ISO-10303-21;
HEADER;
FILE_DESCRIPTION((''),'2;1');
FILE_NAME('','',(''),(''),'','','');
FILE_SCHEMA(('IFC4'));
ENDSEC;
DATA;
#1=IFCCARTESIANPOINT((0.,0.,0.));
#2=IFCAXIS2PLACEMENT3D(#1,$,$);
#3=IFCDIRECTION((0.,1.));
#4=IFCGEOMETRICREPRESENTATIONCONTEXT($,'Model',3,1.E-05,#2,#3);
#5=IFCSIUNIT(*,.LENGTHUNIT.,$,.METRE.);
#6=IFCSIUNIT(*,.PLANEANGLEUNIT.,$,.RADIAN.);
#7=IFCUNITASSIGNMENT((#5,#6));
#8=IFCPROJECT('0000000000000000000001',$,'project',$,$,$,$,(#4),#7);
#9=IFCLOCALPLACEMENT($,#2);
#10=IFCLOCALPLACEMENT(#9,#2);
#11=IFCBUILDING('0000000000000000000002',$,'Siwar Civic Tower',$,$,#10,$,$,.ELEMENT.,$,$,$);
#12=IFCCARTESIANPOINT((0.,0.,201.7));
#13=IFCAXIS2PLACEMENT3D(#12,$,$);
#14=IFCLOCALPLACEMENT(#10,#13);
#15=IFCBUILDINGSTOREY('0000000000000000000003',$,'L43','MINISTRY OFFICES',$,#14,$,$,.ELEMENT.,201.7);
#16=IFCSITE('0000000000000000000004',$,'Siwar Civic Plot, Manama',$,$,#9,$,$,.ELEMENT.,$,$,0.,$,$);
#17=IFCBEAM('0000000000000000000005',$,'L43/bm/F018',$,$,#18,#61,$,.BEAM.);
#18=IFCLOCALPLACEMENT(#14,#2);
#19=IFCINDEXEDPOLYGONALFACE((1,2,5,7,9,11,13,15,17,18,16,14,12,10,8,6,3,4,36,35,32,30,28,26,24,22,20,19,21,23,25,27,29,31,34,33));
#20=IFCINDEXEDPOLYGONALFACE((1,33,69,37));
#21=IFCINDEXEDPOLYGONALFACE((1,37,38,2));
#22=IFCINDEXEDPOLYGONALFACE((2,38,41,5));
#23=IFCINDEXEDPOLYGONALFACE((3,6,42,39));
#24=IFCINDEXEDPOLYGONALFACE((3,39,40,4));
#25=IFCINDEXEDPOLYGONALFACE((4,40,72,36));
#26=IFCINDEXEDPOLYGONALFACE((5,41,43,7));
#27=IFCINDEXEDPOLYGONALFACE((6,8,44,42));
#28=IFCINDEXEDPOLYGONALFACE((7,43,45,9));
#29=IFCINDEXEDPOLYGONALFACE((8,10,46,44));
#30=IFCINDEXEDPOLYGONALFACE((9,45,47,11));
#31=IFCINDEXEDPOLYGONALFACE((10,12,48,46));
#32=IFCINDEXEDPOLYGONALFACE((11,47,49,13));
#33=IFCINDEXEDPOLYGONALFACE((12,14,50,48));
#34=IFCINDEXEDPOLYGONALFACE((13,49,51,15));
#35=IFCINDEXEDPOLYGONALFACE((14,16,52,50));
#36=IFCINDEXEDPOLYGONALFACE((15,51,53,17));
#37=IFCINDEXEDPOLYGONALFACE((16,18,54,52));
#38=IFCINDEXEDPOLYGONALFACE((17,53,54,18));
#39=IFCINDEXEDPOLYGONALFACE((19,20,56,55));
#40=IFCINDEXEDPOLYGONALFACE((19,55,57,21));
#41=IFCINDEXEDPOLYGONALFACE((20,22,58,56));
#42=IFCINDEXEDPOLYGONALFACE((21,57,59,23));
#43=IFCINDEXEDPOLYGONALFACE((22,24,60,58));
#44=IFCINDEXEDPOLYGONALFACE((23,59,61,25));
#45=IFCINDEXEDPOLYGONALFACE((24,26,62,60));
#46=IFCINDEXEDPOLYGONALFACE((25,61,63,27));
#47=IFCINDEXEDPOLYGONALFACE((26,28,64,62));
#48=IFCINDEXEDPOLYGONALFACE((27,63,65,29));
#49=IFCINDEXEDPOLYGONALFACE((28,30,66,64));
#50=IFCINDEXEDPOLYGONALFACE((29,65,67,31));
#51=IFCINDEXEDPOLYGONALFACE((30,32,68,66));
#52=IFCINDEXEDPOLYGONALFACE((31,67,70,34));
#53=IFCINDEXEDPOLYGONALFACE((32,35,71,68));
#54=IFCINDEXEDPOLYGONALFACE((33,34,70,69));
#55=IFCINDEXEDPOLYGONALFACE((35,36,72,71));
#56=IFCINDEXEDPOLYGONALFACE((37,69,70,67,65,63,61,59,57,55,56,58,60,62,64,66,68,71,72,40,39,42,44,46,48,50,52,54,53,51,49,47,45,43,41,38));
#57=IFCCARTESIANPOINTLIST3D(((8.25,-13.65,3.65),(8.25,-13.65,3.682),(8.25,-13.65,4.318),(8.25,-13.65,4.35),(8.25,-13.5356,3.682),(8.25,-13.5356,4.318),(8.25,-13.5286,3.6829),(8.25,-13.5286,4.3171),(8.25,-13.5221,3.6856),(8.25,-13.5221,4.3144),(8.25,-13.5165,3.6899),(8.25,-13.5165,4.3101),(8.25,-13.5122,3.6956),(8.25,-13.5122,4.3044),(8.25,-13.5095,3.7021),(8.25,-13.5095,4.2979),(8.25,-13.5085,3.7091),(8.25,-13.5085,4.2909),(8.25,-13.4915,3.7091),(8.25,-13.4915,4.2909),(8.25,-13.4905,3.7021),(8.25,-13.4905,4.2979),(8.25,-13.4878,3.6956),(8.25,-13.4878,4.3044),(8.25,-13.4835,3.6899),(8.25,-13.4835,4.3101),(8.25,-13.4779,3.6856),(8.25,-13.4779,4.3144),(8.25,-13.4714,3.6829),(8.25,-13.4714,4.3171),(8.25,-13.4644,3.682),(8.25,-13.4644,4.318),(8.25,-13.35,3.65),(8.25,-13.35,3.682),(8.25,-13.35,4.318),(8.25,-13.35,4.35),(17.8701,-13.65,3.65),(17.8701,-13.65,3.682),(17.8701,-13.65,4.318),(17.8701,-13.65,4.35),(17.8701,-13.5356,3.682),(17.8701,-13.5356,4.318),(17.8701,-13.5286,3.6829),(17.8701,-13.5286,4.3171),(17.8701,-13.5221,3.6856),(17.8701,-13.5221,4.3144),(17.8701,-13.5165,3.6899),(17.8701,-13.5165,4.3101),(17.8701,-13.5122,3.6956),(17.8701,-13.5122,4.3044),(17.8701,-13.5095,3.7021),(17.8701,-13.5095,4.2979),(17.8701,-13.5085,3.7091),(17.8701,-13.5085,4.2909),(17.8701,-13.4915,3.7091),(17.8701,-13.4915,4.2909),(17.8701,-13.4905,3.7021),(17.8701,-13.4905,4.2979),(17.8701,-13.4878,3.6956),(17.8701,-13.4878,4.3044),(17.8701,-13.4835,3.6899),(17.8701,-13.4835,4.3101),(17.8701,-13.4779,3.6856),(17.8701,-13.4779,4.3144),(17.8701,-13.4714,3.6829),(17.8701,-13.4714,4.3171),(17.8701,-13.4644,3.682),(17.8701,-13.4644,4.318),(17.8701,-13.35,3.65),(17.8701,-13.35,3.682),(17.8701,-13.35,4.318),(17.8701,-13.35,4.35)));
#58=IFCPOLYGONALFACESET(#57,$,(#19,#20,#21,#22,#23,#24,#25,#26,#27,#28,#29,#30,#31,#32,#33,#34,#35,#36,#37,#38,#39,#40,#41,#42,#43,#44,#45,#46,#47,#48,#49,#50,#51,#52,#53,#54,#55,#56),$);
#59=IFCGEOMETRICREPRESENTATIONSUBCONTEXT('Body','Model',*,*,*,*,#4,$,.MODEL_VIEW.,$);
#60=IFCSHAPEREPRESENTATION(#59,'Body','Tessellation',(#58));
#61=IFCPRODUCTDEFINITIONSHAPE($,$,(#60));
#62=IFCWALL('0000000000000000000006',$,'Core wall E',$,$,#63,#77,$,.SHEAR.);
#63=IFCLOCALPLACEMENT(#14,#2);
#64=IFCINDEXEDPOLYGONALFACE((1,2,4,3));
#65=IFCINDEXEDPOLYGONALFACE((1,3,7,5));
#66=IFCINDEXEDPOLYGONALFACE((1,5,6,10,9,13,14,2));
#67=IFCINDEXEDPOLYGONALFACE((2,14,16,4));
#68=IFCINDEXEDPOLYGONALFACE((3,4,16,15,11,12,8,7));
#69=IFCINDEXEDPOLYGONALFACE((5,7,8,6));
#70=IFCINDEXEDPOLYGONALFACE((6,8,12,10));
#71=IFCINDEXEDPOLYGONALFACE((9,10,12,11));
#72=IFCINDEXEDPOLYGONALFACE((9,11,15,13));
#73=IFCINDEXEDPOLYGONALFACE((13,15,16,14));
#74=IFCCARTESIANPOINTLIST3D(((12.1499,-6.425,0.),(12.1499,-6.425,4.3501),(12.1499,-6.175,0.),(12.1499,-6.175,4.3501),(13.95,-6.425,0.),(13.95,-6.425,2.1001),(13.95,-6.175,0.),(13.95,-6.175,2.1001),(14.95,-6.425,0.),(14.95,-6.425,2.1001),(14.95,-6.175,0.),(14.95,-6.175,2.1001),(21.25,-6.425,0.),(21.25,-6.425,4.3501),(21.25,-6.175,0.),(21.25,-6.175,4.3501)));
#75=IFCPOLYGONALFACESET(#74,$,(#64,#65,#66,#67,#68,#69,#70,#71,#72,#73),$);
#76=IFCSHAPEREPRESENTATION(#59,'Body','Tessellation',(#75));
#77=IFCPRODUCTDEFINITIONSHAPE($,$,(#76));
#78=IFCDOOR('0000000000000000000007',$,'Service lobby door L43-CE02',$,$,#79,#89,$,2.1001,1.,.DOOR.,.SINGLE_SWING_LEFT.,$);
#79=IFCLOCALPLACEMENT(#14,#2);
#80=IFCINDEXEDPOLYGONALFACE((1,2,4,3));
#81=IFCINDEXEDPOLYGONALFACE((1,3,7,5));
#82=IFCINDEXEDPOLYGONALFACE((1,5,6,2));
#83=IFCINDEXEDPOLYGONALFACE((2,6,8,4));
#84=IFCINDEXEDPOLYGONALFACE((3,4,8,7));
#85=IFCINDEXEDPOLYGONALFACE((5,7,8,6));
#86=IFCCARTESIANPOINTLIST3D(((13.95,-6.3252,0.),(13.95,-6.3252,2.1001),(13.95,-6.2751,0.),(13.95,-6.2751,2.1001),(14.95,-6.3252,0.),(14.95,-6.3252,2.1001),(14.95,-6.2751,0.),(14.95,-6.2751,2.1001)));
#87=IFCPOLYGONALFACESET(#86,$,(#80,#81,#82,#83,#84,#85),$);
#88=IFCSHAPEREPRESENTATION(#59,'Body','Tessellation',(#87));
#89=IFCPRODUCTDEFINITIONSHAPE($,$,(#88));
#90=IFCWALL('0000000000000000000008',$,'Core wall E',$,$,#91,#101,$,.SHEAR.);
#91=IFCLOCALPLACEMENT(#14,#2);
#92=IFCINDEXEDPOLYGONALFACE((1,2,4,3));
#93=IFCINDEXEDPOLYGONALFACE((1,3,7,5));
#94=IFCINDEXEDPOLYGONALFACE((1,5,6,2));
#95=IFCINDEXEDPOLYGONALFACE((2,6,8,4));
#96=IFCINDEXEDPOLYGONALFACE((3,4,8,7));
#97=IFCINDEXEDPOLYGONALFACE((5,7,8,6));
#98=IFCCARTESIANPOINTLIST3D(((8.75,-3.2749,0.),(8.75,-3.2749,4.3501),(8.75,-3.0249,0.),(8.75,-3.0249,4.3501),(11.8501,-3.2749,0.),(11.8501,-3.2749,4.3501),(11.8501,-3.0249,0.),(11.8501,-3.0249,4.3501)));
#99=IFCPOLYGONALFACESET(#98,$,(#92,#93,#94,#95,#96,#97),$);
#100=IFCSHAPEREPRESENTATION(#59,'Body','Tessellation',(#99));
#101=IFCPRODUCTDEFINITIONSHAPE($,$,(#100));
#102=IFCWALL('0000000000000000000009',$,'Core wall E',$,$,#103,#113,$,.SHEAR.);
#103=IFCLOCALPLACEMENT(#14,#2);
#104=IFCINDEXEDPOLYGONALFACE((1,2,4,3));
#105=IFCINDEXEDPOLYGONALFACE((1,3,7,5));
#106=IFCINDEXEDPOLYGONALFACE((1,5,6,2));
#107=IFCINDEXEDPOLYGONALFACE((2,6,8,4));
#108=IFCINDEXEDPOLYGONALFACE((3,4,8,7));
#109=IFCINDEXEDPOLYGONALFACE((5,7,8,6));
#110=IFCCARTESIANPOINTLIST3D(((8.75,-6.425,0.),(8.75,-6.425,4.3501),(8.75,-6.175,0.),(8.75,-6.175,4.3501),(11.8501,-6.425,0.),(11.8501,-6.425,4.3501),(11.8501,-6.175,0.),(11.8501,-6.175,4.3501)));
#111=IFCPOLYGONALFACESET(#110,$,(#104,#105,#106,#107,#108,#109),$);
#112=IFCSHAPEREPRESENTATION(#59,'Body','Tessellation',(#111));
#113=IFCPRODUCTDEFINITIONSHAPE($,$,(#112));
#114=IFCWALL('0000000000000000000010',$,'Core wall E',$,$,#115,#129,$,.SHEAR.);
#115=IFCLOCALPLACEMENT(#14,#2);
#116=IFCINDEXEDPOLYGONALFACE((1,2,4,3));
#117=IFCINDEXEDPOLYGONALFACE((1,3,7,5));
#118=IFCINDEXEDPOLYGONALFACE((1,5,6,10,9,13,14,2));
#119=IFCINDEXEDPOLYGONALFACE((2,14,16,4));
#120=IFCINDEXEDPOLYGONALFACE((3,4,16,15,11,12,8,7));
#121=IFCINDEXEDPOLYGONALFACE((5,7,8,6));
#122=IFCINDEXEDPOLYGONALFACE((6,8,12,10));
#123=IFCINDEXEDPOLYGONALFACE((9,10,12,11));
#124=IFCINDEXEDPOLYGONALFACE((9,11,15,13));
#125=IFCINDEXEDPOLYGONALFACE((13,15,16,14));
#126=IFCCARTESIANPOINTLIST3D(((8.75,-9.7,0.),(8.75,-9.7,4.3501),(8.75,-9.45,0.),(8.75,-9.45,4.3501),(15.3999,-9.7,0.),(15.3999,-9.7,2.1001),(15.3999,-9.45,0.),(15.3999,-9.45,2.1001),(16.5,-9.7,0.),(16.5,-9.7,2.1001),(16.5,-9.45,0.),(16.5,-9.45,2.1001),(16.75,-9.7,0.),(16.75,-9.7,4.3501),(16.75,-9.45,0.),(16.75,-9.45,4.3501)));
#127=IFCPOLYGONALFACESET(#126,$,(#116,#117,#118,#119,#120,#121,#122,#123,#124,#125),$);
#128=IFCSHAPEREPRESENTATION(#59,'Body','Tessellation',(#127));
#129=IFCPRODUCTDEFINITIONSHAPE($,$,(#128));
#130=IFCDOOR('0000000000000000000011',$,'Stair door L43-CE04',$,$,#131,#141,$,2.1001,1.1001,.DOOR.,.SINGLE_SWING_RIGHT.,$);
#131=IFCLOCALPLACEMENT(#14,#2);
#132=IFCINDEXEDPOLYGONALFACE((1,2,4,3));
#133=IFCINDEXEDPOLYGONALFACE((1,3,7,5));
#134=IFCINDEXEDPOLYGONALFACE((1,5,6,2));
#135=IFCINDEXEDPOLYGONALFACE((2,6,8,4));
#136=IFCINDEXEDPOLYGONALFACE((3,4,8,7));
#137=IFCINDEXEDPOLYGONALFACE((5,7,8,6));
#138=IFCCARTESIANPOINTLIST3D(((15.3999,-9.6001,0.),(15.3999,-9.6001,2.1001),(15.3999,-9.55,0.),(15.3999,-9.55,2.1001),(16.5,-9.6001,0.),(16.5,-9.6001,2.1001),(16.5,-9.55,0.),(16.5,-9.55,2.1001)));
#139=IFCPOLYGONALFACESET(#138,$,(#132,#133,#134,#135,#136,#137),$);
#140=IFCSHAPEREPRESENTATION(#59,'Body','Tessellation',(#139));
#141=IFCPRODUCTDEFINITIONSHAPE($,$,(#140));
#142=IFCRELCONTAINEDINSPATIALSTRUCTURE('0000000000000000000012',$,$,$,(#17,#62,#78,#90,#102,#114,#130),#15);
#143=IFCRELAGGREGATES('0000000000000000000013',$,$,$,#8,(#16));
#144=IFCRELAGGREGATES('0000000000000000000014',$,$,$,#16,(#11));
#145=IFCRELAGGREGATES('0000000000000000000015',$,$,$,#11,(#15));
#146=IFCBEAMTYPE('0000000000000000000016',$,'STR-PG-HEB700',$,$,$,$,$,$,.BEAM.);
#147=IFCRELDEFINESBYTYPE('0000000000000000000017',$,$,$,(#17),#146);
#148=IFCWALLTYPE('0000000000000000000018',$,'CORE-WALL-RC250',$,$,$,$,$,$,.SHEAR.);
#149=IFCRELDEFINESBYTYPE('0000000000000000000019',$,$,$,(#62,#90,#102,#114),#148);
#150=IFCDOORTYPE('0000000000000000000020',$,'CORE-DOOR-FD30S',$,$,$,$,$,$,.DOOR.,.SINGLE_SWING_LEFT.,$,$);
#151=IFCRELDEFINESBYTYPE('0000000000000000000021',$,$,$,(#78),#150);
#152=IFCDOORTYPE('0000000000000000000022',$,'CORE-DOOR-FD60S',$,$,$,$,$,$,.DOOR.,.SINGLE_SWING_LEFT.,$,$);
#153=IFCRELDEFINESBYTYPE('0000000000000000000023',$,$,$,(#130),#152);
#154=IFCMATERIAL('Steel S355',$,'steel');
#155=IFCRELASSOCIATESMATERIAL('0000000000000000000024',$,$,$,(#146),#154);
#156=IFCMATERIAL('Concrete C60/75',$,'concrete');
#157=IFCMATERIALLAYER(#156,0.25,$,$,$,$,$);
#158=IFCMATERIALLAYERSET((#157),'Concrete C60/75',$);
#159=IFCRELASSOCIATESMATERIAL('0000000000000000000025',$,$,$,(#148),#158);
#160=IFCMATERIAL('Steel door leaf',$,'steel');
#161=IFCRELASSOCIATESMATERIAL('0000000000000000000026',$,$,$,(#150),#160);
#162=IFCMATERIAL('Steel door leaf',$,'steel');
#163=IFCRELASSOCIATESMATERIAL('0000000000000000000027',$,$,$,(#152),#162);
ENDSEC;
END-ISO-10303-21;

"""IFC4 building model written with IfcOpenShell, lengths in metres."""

from ifc_helpers import new_model, si_unit, direction, frame, frame_2d, origin, origin_2d, place, context, subcontext, project, spatial, rectangle, i_section, extrude, material, layer, layer_set, material_profile, profile_set, type_object, element, fill, save


model = new_model("IFC4")

# Units and contexts
model_context = context("Model", 3, precision=1e-05, world=origin(), true_north=direction((0.0, 1.0)))
body_context = subcontext(model_context, "Body", "Model", "MODEL_VIEW")
ifc_project = project(units=[si_unit("LENGTHUNIT", "METRE"), si_unit("PLANEANGLEUNIT", "RADIAN")], contexts=[model_context])

# Site, building, storey
site_placement = place(None, origin())
site = spatial("IfcSite", under=ifc_project, at=site_placement, Name="Siwar Civic Plot, Manama", CompositionType="ELEMENT", RefElevation=0.0)
building_placement = place(site_placement, origin())
building = spatial("IfcBuilding", under=site, at=building_placement, Name="Siwar Civic Tower", CompositionType="ELEMENT")
storey_placement = place(building_placement, frame((0.0, 0.0, 201.7)))
storey = spatial("IfcBuildingStorey", under=building, at=storey_placement, Name="L43", Description="MINISTRY OFFICES", CompositionType="ELEMENT", Elevation=201.7)

# Beam
ifc_material_1 = material(Name="Steel S355", Category="steel")
ifc_material_profile = material_profile(ifc_material_1, i_section(OverallWidth=0.3, OverallDepth=0.7, WebThickness=0.0171, FlangeThickness=0.032, FilletRadius=0.0271, at=origin_2d()), Name="HEB700")
ifc_profile_set = profile_set([ifc_material_profile], Name="Steel S355")
beam_type = type_object("IfcBeamType", Name="STR-PG-HEB700", PredefinedType="BEAM", material=ifc_profile_set)
beam_placement = place(storey_placement, frame((8.25, -13.5, 4.0), z_axis=(1.0, 0.0, 0.0), x_axis=(0.0, 1.0, 0.0)))
element("IfcBeam", 1, at=beam_placement, inside=storey, type_object=beam_type, Name="L43/bm/F018", PredefinedType="BEAM", context=body_context, shape_type="SweptSolid", body=[
    extrude(i_section(OverallWidth=0.3, OverallDepth=0.7, WebThickness=0.0171, FlangeThickness=0.032, FilletRadius=0.0271, at=origin_2d()), origin(), (0.0, 0.0, 1.0), 9.6201),
])

# Wall, opening, door
ifc_material_2 = material(Name="Concrete C60/75", Category="concrete")
ifc_layer_1 = layer(ifc_material_2, 0.25)
ifc_layer_set_1 = layer_set([ifc_layer_1], Name="Concrete C60/75")
wall_type_1 = type_object("IfcWallType", Name="CORE-WALL-RC250", PredefinedType="SHEAR", material=ifc_layer_set_1)
wall_1_placement = place(storey_placement, frame((12.1499, -6.3, 0.0), z_axis=(0.0, 0.0, 1.0), x_axis=(1.0, 0.0, 0.0)))
wall_1 = element("IfcWall", 2, at=wall_1_placement, inside=storey, type_object=wall_type_1, Name="Core wall E", PredefinedType="SHEAR", context=body_context, shape_type="SweptSolid", body=[
    extrude(rectangle(XDim=9.1001, YDim=0.25, at=frame_2d((4.55, 0.0))), origin(), (0.0, 0.0, 1.0), 4.3501),
])
opening_1_placement = place(wall_1_placement, frame((1.8, 0.0, 0.0)))
opening_1 = element("IfcOpeningElement", 3, at=opening_1_placement, cuts=wall_1, PredefinedType="OPENING", context=body_context, shape_type="SweptSolid", body=[
    extrude(rectangle(XDim=1.0, YDim=2.1001, at=frame_2d((0.5, 1.05))), frame((0.0, 0.135, 0.0), z_axis=(0.0, -1.0, 0.0), x_axis=(1.0, 0.0, 0.0)), (0.0, 0.0, 1.0), 0.27),
])
ifc_material_3 = material(Name="Steel door leaf", Category="steel")
door_type_1 = type_object("IfcDoorType", Name="CORE-DOOR-FD30S", OperationType="SINGLE_SWING_LEFT", PredefinedType="DOOR", material=ifc_material_3)
door_1_placement = place(opening_1_placement, origin())
door_1 = element("IfcDoor", 4, at=door_1_placement, inside=storey, type_object=door_type_1, Name="Service lobby door L43-CE02", OperationType="SINGLE_SWING_LEFT", OverallHeight=2.1001, OverallWidth=1.0, PredefinedType="DOOR", context=body_context, shape_type="SweptSolid", body=[
    extrude(rectangle(XDim=1.0, YDim=2.1001, at=frame_2d((0.5, 1.05))), frame((0.0, 0.0249, 0.0), z_axis=(0.0, -1.0, 0.0), x_axis=(1.0, 0.0, 0.0)), (0.0, 0.0, 1.0), 0.05),
])
fill(opening_1, door_1)

# Walls
for number, where, z_axis, x_axis, name in (
    (5, (8.75, -3.1499, 0.0), (0.0, 0.0, 1.0), (1.0, 0.0, 0.0), "Core wall E"),
    (6, (8.75, -6.3, 0.0), (0.0, 0.0, 1.0), (1.0, 0.0, 0.0), "Core wall E"),
):
    element("IfcWall", number, at=place(storey_placement, frame(where, z_axis=z_axis, x_axis=x_axis)), inside=storey, type_object=wall_type_1, Name=name, PredefinedType="SHEAR", context=body_context, shape_type="SweptSolid", body=[
        extrude(rectangle(XDim=3.1001, YDim=0.25, at=frame_2d((1.55, 0.0))), origin(), (0.0, 0.0, 1.0), 4.3501),
    ])

# Wall, opening, door
wall_2_placement = place(storey_placement, frame((8.75, -9.575, 0.0), z_axis=(0.0, 0.0, 1.0), x_axis=(1.0, 0.0, 0.0)))
wall_2 = element("IfcWall", 7, at=wall_2_placement, inside=storey, type_object=wall_type_1, Name="Core wall E", PredefinedType="SHEAR", context=body_context, shape_type="SweptSolid", body=[
    extrude(rectangle(XDim=8.0, YDim=0.25, at=frame_2d((4.0, 0.0))), origin(), (0.0, 0.0, 1.0), 4.3501),
])
opening_2_placement = place(wall_2_placement, frame((6.6499, 0.0, 0.0)))
opening_2 = element("IfcOpeningElement", 8, at=opening_2_placement, cuts=wall_2, PredefinedType="OPENING", context=body_context, shape_type="SweptSolid", body=[
    extrude(rectangle(XDim=1.1001, YDim=2.1001, at=frame_2d((0.55, 1.05))), frame((0.0, 0.135, 0.0), z_axis=(0.0, -1.0, 0.0), x_axis=(1.0, 0.0, 0.0)), (0.0, 0.0, 1.0), 0.27),
])
ifc_material_4 = material(Name="Steel door leaf", Category="steel")
door_type_2 = type_object("IfcDoorType", Name="CORE-DOOR-FD60S", OperationType="SINGLE_SWING_LEFT", PredefinedType="DOOR", material=ifc_material_4)
door_2_placement = place(opening_2_placement, origin())
door_2 = element("IfcDoor", 9, at=door_2_placement, inside=storey, type_object=door_type_2, Name="Stair door L43-CE04", OperationType="SINGLE_SWING_RIGHT", OverallHeight=2.1001, OverallWidth=1.1001, PredefinedType="DOOR", context=body_context, shape_type="SweptSolid", body=[
    extrude(rectangle(XDim=1.1001, YDim=2.1001, at=frame_2d((0.55, 1.05))), frame((0.0, 0.0249, 0.0), z_axis=(0.0, -1.0, 0.0), x_axis=(1.0, 0.0, 0.0)), (0.0, 0.0, 1.0), 0.05),
])
fill(opening_2, door_2)

save(model, "model.ifc")
